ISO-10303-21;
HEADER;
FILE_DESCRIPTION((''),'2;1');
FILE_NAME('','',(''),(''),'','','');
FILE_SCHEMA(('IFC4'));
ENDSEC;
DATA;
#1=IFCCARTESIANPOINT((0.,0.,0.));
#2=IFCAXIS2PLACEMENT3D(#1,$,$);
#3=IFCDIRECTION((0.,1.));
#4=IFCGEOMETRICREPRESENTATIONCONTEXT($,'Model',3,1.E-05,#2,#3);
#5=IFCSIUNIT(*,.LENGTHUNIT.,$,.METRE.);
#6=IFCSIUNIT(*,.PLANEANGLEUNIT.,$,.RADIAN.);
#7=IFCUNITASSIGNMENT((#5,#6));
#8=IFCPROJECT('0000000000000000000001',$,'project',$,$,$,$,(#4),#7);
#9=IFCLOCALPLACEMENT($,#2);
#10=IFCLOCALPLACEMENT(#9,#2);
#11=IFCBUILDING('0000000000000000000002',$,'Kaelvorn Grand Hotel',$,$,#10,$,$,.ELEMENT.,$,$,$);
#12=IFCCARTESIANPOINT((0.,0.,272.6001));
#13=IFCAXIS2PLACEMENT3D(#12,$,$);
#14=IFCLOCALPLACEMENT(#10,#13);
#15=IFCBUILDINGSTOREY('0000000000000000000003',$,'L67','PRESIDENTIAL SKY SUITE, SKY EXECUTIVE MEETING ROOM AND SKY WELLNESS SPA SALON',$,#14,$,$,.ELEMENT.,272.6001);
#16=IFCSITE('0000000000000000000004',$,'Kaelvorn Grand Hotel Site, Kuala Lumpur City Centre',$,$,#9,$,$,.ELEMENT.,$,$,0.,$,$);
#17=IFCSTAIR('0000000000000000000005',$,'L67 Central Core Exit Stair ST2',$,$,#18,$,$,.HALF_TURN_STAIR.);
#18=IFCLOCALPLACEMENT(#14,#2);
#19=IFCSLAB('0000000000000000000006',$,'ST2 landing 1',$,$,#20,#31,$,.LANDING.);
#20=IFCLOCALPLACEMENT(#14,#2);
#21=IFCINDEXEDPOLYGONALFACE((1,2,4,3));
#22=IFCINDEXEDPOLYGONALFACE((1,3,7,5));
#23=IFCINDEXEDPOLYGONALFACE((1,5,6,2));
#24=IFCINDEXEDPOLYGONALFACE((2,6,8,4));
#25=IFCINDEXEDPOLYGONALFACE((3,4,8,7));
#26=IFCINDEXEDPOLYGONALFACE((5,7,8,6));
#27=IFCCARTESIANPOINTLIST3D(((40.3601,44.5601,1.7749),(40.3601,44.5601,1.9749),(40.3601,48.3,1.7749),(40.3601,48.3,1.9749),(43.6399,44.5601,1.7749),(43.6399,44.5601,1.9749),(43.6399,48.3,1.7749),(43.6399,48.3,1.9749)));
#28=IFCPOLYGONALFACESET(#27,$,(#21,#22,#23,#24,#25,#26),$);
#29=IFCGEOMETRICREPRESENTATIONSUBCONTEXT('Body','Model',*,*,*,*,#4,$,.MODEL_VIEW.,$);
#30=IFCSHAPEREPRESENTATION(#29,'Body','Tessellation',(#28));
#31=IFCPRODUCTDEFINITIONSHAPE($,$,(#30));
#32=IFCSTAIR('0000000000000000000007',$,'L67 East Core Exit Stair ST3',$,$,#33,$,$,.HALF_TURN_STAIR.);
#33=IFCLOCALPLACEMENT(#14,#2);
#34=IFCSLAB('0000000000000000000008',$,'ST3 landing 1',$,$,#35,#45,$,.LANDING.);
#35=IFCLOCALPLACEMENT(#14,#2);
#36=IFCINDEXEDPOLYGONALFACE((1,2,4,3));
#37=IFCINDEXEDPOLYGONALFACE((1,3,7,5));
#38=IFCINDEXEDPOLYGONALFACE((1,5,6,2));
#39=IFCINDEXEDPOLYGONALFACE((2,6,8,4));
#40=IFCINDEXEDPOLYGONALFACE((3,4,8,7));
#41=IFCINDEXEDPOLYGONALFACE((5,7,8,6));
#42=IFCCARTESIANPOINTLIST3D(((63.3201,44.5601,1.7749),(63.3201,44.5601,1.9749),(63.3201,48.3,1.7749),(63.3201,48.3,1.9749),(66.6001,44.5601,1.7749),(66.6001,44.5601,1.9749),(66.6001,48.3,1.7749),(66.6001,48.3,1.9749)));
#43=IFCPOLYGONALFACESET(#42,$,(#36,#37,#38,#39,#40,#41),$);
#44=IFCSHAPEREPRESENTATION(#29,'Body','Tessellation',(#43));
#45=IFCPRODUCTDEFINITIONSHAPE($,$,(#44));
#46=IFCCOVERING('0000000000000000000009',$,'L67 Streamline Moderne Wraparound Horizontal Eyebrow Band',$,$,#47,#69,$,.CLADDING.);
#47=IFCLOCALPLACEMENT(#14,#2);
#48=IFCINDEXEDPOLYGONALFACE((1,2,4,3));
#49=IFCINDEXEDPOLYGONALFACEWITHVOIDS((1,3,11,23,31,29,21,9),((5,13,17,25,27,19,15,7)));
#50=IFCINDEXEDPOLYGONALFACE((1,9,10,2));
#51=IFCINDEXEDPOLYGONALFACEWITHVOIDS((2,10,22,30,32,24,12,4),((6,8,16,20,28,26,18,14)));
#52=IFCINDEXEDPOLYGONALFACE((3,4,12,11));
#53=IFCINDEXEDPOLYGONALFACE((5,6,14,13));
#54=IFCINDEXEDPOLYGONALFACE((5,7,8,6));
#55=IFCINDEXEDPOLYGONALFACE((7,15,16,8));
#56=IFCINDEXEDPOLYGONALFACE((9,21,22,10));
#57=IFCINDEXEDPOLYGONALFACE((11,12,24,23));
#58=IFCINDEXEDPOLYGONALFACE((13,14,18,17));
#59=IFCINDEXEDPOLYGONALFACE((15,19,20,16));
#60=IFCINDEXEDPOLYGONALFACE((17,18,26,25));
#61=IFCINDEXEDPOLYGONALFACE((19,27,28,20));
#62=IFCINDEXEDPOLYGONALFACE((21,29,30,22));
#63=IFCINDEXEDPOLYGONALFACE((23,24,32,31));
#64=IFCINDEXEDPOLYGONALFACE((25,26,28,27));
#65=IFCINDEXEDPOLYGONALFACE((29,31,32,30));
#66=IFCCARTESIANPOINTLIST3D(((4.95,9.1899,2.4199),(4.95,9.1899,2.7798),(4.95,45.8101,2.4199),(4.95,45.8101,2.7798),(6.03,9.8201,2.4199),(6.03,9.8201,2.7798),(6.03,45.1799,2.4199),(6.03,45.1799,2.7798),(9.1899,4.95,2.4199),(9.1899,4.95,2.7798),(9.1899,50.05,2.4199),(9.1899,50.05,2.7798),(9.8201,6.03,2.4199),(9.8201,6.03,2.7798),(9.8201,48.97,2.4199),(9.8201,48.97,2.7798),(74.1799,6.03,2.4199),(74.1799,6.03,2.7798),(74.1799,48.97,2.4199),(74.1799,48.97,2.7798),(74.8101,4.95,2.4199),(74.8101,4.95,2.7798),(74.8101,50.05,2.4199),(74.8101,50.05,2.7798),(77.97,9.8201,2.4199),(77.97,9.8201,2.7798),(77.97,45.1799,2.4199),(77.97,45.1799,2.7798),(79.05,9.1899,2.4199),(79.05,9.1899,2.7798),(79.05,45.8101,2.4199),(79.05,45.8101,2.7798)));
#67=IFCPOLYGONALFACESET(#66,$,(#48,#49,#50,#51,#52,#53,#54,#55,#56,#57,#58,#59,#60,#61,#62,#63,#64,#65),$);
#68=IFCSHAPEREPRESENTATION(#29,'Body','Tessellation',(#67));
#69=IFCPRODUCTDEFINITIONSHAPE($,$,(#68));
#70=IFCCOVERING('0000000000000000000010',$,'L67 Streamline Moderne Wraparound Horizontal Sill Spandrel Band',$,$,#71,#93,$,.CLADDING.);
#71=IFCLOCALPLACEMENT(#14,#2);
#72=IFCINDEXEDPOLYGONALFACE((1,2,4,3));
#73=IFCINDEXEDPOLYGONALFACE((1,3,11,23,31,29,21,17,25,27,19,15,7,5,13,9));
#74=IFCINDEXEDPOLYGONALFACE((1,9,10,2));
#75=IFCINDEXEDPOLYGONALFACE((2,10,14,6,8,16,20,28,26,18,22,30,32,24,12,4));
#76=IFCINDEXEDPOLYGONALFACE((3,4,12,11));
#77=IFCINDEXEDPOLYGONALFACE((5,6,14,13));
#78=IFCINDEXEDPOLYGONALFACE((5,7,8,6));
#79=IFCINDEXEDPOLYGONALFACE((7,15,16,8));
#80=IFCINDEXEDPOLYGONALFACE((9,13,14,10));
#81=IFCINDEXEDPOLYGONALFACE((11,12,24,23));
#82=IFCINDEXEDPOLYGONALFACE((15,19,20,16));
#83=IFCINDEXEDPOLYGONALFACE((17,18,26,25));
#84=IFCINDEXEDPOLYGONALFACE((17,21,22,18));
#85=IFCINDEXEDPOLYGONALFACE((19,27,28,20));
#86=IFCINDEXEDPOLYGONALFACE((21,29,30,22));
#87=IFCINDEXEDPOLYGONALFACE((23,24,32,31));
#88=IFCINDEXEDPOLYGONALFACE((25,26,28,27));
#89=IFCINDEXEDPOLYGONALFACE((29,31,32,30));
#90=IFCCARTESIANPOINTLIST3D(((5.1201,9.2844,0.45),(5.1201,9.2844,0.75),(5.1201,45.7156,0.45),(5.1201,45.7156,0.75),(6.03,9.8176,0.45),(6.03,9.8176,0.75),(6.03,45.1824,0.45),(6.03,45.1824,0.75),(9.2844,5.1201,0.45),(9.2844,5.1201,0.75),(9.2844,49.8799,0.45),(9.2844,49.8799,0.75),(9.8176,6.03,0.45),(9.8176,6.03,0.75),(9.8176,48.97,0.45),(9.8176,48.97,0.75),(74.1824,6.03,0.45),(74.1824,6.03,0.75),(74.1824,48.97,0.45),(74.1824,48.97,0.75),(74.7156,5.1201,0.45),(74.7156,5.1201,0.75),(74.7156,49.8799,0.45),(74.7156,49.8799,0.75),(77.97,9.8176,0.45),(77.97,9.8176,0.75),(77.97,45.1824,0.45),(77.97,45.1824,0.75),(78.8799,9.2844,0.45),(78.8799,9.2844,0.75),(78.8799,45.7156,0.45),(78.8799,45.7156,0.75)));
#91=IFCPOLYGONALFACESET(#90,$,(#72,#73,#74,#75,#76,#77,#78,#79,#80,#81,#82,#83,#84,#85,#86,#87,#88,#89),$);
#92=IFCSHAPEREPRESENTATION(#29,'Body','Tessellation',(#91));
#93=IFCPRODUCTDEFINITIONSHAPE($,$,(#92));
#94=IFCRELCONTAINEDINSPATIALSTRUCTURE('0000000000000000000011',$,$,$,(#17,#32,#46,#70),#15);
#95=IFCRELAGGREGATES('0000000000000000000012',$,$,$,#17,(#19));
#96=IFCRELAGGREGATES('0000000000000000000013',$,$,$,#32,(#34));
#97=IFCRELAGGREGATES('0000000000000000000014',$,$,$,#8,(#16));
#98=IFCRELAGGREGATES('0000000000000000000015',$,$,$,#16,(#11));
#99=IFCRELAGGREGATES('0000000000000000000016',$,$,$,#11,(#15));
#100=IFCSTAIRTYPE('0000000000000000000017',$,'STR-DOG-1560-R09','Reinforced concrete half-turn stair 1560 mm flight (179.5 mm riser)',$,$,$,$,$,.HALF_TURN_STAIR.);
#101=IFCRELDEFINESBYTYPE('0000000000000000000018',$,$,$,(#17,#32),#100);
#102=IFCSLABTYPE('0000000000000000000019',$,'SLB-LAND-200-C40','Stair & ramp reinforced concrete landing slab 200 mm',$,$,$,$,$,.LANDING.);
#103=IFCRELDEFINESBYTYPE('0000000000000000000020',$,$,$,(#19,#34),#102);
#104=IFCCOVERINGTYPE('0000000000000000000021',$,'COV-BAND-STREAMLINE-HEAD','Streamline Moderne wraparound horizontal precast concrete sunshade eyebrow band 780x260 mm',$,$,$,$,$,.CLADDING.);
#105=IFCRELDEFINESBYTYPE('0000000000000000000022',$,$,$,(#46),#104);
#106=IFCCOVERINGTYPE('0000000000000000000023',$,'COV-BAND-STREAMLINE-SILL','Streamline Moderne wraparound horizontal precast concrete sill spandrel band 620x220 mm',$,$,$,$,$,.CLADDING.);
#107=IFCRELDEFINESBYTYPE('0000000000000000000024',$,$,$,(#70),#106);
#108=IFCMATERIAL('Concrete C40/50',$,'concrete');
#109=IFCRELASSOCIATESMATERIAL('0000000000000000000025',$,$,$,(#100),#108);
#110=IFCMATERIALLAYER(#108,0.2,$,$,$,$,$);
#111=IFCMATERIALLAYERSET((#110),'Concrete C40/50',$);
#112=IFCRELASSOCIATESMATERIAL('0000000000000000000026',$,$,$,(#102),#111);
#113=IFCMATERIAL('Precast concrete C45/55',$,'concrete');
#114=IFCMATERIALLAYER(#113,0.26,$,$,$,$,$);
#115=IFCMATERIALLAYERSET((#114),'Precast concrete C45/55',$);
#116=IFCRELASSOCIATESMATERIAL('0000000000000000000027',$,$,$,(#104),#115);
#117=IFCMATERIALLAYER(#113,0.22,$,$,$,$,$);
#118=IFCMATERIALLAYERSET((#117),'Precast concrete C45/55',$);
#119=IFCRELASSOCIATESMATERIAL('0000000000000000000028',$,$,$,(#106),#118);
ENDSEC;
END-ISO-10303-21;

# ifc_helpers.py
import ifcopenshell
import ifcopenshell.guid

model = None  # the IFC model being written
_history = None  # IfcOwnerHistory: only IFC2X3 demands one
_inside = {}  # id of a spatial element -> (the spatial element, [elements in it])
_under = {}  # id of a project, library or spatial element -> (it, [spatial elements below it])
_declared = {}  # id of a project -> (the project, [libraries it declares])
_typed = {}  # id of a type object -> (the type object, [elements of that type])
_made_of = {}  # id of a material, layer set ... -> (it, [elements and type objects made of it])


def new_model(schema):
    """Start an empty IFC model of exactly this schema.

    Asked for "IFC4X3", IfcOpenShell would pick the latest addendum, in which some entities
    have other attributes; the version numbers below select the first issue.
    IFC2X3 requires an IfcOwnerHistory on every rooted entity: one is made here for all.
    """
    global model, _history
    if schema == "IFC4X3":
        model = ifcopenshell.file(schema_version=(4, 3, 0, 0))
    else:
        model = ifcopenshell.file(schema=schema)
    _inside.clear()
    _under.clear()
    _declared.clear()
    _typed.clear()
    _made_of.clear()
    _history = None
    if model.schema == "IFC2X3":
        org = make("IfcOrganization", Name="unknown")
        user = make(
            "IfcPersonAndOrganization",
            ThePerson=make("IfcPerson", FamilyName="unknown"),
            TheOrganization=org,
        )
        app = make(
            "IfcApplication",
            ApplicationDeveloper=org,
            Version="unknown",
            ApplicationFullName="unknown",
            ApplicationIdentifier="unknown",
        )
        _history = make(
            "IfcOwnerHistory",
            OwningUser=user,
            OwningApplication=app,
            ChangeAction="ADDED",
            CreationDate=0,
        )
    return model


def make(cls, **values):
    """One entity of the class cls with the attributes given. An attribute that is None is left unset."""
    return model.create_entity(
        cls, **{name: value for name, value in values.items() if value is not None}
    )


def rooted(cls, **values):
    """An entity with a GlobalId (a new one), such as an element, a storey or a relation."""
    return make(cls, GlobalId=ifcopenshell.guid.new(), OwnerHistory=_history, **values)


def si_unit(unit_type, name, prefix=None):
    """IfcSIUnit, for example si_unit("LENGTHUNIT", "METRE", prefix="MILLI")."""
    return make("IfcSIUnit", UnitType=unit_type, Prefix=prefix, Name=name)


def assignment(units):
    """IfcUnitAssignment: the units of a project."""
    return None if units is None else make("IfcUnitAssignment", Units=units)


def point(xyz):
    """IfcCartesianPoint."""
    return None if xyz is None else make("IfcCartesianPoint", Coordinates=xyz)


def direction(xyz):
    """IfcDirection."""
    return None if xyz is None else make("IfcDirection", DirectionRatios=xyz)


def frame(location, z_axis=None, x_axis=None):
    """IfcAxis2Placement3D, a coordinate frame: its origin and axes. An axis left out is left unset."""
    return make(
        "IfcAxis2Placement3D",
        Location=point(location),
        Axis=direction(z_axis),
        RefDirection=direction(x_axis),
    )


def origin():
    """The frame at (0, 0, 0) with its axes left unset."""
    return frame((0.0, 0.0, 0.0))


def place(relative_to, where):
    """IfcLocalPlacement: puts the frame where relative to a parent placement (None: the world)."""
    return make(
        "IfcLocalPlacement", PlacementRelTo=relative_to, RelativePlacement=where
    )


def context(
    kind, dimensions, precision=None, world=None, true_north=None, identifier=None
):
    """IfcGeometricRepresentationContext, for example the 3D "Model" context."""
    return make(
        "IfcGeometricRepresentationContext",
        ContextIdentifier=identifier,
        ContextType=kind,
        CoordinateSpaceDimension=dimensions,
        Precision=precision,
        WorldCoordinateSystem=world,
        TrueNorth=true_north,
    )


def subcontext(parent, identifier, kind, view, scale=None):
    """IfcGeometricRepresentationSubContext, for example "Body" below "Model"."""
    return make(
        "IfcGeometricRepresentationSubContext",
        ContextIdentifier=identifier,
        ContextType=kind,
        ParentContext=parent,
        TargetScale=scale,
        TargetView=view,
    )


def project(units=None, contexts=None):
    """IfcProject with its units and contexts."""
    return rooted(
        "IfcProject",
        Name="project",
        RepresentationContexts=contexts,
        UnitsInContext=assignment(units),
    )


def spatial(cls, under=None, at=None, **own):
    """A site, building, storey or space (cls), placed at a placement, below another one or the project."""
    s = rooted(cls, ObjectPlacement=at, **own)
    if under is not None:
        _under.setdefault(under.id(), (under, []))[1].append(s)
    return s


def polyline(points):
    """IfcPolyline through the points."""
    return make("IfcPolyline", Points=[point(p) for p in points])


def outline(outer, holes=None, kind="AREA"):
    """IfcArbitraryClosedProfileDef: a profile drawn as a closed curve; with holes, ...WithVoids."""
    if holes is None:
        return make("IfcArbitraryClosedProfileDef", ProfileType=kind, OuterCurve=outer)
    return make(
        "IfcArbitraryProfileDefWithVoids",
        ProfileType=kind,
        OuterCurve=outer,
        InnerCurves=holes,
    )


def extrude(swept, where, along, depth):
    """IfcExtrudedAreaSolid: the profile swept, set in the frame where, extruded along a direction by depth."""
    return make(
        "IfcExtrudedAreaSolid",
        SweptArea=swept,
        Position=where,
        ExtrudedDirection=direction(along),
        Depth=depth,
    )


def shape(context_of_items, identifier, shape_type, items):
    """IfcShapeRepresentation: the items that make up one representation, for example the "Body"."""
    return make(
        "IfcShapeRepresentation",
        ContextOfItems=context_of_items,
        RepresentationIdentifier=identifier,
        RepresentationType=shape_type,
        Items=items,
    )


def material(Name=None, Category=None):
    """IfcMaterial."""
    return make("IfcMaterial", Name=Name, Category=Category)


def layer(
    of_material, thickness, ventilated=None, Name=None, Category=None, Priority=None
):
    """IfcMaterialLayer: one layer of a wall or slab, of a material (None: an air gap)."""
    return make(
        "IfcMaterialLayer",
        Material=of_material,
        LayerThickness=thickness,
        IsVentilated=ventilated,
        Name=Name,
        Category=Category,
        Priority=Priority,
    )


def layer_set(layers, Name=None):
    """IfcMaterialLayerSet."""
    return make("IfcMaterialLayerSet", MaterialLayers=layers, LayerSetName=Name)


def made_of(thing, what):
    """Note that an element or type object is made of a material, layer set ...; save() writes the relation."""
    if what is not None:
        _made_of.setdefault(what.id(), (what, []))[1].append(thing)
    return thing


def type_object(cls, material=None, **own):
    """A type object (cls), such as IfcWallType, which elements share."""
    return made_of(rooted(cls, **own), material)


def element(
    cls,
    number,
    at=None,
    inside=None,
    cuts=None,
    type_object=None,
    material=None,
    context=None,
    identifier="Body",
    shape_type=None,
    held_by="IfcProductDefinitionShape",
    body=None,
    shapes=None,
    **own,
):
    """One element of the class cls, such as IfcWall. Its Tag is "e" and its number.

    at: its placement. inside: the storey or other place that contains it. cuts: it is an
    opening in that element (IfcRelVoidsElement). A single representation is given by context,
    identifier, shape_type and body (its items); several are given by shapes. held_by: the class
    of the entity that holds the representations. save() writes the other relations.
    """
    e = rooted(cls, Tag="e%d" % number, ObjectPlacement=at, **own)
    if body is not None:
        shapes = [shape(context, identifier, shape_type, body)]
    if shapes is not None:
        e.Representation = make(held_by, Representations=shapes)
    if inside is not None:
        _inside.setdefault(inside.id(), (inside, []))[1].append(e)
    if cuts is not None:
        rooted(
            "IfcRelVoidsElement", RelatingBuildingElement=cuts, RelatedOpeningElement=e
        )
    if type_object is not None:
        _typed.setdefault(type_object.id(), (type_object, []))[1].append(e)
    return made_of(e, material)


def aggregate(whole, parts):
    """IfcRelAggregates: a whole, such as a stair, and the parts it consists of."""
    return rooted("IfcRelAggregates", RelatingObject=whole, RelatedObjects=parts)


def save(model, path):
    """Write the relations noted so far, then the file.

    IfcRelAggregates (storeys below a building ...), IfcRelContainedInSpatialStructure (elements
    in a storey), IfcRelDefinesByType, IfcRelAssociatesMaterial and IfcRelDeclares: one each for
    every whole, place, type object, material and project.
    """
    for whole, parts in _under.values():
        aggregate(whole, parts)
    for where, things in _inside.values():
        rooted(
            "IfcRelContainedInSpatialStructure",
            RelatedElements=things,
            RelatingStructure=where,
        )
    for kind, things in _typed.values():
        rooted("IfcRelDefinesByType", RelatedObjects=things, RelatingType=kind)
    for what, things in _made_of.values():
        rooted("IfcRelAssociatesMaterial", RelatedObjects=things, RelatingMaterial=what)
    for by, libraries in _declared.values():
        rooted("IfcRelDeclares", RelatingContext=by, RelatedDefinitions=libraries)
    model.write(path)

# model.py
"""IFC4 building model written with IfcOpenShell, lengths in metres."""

from ifc_helpers import new_model, si_unit, direction, frame, origin, place, context, subcontext, project, spatial, polyline, outline, extrude, material, layer, layer_set, type_object, element, aggregate, save


model = new_model("IFC4")

# Units and contexts
model_context = context("Model", 3, precision=1e-05, world=origin(), true_north=direction((0.0, 1.0)))
body_context = subcontext(model_context, "Body", "Model", "MODEL_VIEW")
ifc_project = project(units=[si_unit("LENGTHUNIT", "METRE"), si_unit("PLANEANGLEUNIT", "RADIAN")], contexts=[model_context])

# Site, building, storey
site_placement = place(None, origin())
site = spatial("IfcSite", under=ifc_project, at=site_placement, Name="Kaelvorn Grand Hotel Site, Kuala Lumpur City Centre", CompositionType="ELEMENT", RefElevation=0.0)
building_placement = place(site_placement, origin())
building = spatial("IfcBuilding", under=site, at=building_placement, Name="Kaelvorn Grand Hotel", CompositionType="ELEMENT")
storey_placement = place(building_placement, frame((0.0, 0.0, 272.6001)))
storey = spatial("IfcBuildingStorey", under=building, at=storey_placement, Name="L67", Description="PRESIDENTIAL SKY SUITE, SKY EXECUTIVE MEETING ROOM AND SKY WELLNESS SPA SALON", CompositionType="ELEMENT", Elevation=272.6001)

# Shared definitions
ifc_material_1 = material(Name="Concrete C40/50", Category="concrete")

# Stairs, slabs
stair_type = type_object("IfcStairType", Name="STR-DOG-1560-R09", Description="Reinforced concrete half-turn stair 1560 mm flight (179.5 mm riser)", PredefinedType="HALF_TURN_STAIR", material=ifc_material_1)
ifc_layer_1 = layer(ifc_material_1, 0.2)
ifc_layer_set_1 = layer_set([ifc_layer_1], Name="Concrete C40/50")
slab_type_1 = type_object("IfcSlabType", Name="SLB-LAND-200-C40", Description="Stair & ramp reinforced concrete landing slab 200 mm", PredefinedType="LANDING", material=ifc_layer_set_1)
stair_1_placement = place(storey_placement, origin())
stair_1 = element("IfcStair", 1, at=stair_1_placement, inside=storey, type_object=stair_type, Name="L67 Central Core Exit Stair ST2", PredefinedType="HALF_TURN_STAIR")
slab_1_placement = place(storey_placement, frame((0.0, 0.0, 1.7749)))
slab_1 = element("IfcSlab", 2, at=slab_1_placement, type_object=slab_type_1, Name="ST2 landing 1", PredefinedType="LANDING", context=body_context, shape_type="SweptSolid", body=[
    extrude(outline(polyline([(43.6399, 44.5601), (43.6399, 48.3), (40.3601, 48.3), (40.3601, 44.5601), (43.6399, 44.5601)])), origin(), (0.0, 0.0, 1.0), 0.2),
])
aggregate(stair_1, [slab_1])
stair_2_placement = place(storey_placement, origin())
stair_2 = element("IfcStair", 3, at=stair_2_placement, inside=storey, type_object=stair_type, Name="L67 East Core Exit Stair ST3", PredefinedType="HALF_TURN_STAIR")
slab_2_placement = place(storey_placement, frame((0.0, 0.0, 1.7749)))
slab_2 = element("IfcSlab", 4, at=slab_2_placement, type_object=slab_type_1, Name="ST3 landing 1", PredefinedType="LANDING", context=body_context, shape_type="SweptSolid", body=[
    extrude(outline(polyline([(66.6001, 44.5601), (66.6001, 48.3), (63.3201, 48.3), (63.3201, 44.5601), (66.6001, 44.5601)])), origin(), (0.0, 0.0, 1.0), 0.2),
])
aggregate(stair_2, [slab_2])

# Coverings
ifc_material_2 = material(Name="Precast concrete C45/55", Category="concrete")
ifc_layer_2 = layer(ifc_material_2, 0.26)
ifc_layer_set_2 = layer_set([ifc_layer_2], Name="Precast concrete C45/55")
covering_type_1 = type_object("IfcCoveringType", Name="COV-BAND-STREAMLINE-HEAD", Description="Streamline Moderne wraparound horizontal precast concrete sunshade eyebrow band 780x260 mm", PredefinedType="CLADDING", material=ifc_layer_set_2)
covering_1_placement = place(storey_placement, frame((0.0, 0.0, 2.4199)))
element("IfcCovering", 5, at=covering_1_placement, inside=storey, type_object=covering_type_1, Name="L67 Streamline Moderne Wraparound Horizontal Eyebrow Band", PredefinedType="CLADDING", context=body_context, shape_type="SweptSolid", body=[
    extrude(outline(polyline([(9.1899, 4.95), (74.8101, 4.95), (79.05, 9.1899), (79.05, 45.8101), (74.8101, 50.05), (9.1899, 50.05), (4.95, 45.8101), (4.95, 9.1899), (9.1899, 4.95)]), holes=[polyline([(9.8201, 6.03), (74.1799, 6.03), (77.97, 9.8201), (77.97, 45.1799), (74.1799, 48.97), (9.8201, 48.97), (6.03, 45.1799), (6.03, 9.8201), (9.8201, 6.03)])]), origin(), (0.0, 0.0, 1.0), 0.3599),
])
ifc_layer_3 = layer(ifc_material_2, 0.22)
ifc_layer_set_3 = layer_set([ifc_layer_3], Name="Precast concrete C45/55")
covering_type_2 = type_object("IfcCoveringType", Name="COV-BAND-STREAMLINE-SILL", Description="Streamline Moderne wraparound horizontal precast concrete sill spandrel band 620x220 mm", PredefinedType="CLADDING", material=ifc_layer_set_3)
covering_2_placement = place(storey_placement, frame((0.0, 0.0, 0.45)))
element("IfcCovering", 6, at=covering_2_placement, inside=storey, type_object=covering_type_2, Name="L67 Streamline Moderne Wraparound Horizontal Sill Spandrel Band", PredefinedType="CLADDING", context=body_context, shape_type="SweptSolid", body=[
    extrude(outline(polyline([(74.7156, 5.1201), (78.8799, 9.2844), (78.8799, 45.7156), (74.7156, 49.8799), (9.2844, 49.8799), (5.1201, 45.7156), (5.1201, 9.2844), (9.2844, 5.1201), (9.8176, 6.03), (6.03, 9.8176), (6.03, 45.1824), (9.8176, 48.97), (74.1824, 48.97), (77.97, 45.1824), (77.97, 9.8176), (74.1824, 6.03), (74.7156, 5.1201)])), origin(), (0.0, 0.0, 1.0), 0.3),
])

save(model, "model.ifc")
